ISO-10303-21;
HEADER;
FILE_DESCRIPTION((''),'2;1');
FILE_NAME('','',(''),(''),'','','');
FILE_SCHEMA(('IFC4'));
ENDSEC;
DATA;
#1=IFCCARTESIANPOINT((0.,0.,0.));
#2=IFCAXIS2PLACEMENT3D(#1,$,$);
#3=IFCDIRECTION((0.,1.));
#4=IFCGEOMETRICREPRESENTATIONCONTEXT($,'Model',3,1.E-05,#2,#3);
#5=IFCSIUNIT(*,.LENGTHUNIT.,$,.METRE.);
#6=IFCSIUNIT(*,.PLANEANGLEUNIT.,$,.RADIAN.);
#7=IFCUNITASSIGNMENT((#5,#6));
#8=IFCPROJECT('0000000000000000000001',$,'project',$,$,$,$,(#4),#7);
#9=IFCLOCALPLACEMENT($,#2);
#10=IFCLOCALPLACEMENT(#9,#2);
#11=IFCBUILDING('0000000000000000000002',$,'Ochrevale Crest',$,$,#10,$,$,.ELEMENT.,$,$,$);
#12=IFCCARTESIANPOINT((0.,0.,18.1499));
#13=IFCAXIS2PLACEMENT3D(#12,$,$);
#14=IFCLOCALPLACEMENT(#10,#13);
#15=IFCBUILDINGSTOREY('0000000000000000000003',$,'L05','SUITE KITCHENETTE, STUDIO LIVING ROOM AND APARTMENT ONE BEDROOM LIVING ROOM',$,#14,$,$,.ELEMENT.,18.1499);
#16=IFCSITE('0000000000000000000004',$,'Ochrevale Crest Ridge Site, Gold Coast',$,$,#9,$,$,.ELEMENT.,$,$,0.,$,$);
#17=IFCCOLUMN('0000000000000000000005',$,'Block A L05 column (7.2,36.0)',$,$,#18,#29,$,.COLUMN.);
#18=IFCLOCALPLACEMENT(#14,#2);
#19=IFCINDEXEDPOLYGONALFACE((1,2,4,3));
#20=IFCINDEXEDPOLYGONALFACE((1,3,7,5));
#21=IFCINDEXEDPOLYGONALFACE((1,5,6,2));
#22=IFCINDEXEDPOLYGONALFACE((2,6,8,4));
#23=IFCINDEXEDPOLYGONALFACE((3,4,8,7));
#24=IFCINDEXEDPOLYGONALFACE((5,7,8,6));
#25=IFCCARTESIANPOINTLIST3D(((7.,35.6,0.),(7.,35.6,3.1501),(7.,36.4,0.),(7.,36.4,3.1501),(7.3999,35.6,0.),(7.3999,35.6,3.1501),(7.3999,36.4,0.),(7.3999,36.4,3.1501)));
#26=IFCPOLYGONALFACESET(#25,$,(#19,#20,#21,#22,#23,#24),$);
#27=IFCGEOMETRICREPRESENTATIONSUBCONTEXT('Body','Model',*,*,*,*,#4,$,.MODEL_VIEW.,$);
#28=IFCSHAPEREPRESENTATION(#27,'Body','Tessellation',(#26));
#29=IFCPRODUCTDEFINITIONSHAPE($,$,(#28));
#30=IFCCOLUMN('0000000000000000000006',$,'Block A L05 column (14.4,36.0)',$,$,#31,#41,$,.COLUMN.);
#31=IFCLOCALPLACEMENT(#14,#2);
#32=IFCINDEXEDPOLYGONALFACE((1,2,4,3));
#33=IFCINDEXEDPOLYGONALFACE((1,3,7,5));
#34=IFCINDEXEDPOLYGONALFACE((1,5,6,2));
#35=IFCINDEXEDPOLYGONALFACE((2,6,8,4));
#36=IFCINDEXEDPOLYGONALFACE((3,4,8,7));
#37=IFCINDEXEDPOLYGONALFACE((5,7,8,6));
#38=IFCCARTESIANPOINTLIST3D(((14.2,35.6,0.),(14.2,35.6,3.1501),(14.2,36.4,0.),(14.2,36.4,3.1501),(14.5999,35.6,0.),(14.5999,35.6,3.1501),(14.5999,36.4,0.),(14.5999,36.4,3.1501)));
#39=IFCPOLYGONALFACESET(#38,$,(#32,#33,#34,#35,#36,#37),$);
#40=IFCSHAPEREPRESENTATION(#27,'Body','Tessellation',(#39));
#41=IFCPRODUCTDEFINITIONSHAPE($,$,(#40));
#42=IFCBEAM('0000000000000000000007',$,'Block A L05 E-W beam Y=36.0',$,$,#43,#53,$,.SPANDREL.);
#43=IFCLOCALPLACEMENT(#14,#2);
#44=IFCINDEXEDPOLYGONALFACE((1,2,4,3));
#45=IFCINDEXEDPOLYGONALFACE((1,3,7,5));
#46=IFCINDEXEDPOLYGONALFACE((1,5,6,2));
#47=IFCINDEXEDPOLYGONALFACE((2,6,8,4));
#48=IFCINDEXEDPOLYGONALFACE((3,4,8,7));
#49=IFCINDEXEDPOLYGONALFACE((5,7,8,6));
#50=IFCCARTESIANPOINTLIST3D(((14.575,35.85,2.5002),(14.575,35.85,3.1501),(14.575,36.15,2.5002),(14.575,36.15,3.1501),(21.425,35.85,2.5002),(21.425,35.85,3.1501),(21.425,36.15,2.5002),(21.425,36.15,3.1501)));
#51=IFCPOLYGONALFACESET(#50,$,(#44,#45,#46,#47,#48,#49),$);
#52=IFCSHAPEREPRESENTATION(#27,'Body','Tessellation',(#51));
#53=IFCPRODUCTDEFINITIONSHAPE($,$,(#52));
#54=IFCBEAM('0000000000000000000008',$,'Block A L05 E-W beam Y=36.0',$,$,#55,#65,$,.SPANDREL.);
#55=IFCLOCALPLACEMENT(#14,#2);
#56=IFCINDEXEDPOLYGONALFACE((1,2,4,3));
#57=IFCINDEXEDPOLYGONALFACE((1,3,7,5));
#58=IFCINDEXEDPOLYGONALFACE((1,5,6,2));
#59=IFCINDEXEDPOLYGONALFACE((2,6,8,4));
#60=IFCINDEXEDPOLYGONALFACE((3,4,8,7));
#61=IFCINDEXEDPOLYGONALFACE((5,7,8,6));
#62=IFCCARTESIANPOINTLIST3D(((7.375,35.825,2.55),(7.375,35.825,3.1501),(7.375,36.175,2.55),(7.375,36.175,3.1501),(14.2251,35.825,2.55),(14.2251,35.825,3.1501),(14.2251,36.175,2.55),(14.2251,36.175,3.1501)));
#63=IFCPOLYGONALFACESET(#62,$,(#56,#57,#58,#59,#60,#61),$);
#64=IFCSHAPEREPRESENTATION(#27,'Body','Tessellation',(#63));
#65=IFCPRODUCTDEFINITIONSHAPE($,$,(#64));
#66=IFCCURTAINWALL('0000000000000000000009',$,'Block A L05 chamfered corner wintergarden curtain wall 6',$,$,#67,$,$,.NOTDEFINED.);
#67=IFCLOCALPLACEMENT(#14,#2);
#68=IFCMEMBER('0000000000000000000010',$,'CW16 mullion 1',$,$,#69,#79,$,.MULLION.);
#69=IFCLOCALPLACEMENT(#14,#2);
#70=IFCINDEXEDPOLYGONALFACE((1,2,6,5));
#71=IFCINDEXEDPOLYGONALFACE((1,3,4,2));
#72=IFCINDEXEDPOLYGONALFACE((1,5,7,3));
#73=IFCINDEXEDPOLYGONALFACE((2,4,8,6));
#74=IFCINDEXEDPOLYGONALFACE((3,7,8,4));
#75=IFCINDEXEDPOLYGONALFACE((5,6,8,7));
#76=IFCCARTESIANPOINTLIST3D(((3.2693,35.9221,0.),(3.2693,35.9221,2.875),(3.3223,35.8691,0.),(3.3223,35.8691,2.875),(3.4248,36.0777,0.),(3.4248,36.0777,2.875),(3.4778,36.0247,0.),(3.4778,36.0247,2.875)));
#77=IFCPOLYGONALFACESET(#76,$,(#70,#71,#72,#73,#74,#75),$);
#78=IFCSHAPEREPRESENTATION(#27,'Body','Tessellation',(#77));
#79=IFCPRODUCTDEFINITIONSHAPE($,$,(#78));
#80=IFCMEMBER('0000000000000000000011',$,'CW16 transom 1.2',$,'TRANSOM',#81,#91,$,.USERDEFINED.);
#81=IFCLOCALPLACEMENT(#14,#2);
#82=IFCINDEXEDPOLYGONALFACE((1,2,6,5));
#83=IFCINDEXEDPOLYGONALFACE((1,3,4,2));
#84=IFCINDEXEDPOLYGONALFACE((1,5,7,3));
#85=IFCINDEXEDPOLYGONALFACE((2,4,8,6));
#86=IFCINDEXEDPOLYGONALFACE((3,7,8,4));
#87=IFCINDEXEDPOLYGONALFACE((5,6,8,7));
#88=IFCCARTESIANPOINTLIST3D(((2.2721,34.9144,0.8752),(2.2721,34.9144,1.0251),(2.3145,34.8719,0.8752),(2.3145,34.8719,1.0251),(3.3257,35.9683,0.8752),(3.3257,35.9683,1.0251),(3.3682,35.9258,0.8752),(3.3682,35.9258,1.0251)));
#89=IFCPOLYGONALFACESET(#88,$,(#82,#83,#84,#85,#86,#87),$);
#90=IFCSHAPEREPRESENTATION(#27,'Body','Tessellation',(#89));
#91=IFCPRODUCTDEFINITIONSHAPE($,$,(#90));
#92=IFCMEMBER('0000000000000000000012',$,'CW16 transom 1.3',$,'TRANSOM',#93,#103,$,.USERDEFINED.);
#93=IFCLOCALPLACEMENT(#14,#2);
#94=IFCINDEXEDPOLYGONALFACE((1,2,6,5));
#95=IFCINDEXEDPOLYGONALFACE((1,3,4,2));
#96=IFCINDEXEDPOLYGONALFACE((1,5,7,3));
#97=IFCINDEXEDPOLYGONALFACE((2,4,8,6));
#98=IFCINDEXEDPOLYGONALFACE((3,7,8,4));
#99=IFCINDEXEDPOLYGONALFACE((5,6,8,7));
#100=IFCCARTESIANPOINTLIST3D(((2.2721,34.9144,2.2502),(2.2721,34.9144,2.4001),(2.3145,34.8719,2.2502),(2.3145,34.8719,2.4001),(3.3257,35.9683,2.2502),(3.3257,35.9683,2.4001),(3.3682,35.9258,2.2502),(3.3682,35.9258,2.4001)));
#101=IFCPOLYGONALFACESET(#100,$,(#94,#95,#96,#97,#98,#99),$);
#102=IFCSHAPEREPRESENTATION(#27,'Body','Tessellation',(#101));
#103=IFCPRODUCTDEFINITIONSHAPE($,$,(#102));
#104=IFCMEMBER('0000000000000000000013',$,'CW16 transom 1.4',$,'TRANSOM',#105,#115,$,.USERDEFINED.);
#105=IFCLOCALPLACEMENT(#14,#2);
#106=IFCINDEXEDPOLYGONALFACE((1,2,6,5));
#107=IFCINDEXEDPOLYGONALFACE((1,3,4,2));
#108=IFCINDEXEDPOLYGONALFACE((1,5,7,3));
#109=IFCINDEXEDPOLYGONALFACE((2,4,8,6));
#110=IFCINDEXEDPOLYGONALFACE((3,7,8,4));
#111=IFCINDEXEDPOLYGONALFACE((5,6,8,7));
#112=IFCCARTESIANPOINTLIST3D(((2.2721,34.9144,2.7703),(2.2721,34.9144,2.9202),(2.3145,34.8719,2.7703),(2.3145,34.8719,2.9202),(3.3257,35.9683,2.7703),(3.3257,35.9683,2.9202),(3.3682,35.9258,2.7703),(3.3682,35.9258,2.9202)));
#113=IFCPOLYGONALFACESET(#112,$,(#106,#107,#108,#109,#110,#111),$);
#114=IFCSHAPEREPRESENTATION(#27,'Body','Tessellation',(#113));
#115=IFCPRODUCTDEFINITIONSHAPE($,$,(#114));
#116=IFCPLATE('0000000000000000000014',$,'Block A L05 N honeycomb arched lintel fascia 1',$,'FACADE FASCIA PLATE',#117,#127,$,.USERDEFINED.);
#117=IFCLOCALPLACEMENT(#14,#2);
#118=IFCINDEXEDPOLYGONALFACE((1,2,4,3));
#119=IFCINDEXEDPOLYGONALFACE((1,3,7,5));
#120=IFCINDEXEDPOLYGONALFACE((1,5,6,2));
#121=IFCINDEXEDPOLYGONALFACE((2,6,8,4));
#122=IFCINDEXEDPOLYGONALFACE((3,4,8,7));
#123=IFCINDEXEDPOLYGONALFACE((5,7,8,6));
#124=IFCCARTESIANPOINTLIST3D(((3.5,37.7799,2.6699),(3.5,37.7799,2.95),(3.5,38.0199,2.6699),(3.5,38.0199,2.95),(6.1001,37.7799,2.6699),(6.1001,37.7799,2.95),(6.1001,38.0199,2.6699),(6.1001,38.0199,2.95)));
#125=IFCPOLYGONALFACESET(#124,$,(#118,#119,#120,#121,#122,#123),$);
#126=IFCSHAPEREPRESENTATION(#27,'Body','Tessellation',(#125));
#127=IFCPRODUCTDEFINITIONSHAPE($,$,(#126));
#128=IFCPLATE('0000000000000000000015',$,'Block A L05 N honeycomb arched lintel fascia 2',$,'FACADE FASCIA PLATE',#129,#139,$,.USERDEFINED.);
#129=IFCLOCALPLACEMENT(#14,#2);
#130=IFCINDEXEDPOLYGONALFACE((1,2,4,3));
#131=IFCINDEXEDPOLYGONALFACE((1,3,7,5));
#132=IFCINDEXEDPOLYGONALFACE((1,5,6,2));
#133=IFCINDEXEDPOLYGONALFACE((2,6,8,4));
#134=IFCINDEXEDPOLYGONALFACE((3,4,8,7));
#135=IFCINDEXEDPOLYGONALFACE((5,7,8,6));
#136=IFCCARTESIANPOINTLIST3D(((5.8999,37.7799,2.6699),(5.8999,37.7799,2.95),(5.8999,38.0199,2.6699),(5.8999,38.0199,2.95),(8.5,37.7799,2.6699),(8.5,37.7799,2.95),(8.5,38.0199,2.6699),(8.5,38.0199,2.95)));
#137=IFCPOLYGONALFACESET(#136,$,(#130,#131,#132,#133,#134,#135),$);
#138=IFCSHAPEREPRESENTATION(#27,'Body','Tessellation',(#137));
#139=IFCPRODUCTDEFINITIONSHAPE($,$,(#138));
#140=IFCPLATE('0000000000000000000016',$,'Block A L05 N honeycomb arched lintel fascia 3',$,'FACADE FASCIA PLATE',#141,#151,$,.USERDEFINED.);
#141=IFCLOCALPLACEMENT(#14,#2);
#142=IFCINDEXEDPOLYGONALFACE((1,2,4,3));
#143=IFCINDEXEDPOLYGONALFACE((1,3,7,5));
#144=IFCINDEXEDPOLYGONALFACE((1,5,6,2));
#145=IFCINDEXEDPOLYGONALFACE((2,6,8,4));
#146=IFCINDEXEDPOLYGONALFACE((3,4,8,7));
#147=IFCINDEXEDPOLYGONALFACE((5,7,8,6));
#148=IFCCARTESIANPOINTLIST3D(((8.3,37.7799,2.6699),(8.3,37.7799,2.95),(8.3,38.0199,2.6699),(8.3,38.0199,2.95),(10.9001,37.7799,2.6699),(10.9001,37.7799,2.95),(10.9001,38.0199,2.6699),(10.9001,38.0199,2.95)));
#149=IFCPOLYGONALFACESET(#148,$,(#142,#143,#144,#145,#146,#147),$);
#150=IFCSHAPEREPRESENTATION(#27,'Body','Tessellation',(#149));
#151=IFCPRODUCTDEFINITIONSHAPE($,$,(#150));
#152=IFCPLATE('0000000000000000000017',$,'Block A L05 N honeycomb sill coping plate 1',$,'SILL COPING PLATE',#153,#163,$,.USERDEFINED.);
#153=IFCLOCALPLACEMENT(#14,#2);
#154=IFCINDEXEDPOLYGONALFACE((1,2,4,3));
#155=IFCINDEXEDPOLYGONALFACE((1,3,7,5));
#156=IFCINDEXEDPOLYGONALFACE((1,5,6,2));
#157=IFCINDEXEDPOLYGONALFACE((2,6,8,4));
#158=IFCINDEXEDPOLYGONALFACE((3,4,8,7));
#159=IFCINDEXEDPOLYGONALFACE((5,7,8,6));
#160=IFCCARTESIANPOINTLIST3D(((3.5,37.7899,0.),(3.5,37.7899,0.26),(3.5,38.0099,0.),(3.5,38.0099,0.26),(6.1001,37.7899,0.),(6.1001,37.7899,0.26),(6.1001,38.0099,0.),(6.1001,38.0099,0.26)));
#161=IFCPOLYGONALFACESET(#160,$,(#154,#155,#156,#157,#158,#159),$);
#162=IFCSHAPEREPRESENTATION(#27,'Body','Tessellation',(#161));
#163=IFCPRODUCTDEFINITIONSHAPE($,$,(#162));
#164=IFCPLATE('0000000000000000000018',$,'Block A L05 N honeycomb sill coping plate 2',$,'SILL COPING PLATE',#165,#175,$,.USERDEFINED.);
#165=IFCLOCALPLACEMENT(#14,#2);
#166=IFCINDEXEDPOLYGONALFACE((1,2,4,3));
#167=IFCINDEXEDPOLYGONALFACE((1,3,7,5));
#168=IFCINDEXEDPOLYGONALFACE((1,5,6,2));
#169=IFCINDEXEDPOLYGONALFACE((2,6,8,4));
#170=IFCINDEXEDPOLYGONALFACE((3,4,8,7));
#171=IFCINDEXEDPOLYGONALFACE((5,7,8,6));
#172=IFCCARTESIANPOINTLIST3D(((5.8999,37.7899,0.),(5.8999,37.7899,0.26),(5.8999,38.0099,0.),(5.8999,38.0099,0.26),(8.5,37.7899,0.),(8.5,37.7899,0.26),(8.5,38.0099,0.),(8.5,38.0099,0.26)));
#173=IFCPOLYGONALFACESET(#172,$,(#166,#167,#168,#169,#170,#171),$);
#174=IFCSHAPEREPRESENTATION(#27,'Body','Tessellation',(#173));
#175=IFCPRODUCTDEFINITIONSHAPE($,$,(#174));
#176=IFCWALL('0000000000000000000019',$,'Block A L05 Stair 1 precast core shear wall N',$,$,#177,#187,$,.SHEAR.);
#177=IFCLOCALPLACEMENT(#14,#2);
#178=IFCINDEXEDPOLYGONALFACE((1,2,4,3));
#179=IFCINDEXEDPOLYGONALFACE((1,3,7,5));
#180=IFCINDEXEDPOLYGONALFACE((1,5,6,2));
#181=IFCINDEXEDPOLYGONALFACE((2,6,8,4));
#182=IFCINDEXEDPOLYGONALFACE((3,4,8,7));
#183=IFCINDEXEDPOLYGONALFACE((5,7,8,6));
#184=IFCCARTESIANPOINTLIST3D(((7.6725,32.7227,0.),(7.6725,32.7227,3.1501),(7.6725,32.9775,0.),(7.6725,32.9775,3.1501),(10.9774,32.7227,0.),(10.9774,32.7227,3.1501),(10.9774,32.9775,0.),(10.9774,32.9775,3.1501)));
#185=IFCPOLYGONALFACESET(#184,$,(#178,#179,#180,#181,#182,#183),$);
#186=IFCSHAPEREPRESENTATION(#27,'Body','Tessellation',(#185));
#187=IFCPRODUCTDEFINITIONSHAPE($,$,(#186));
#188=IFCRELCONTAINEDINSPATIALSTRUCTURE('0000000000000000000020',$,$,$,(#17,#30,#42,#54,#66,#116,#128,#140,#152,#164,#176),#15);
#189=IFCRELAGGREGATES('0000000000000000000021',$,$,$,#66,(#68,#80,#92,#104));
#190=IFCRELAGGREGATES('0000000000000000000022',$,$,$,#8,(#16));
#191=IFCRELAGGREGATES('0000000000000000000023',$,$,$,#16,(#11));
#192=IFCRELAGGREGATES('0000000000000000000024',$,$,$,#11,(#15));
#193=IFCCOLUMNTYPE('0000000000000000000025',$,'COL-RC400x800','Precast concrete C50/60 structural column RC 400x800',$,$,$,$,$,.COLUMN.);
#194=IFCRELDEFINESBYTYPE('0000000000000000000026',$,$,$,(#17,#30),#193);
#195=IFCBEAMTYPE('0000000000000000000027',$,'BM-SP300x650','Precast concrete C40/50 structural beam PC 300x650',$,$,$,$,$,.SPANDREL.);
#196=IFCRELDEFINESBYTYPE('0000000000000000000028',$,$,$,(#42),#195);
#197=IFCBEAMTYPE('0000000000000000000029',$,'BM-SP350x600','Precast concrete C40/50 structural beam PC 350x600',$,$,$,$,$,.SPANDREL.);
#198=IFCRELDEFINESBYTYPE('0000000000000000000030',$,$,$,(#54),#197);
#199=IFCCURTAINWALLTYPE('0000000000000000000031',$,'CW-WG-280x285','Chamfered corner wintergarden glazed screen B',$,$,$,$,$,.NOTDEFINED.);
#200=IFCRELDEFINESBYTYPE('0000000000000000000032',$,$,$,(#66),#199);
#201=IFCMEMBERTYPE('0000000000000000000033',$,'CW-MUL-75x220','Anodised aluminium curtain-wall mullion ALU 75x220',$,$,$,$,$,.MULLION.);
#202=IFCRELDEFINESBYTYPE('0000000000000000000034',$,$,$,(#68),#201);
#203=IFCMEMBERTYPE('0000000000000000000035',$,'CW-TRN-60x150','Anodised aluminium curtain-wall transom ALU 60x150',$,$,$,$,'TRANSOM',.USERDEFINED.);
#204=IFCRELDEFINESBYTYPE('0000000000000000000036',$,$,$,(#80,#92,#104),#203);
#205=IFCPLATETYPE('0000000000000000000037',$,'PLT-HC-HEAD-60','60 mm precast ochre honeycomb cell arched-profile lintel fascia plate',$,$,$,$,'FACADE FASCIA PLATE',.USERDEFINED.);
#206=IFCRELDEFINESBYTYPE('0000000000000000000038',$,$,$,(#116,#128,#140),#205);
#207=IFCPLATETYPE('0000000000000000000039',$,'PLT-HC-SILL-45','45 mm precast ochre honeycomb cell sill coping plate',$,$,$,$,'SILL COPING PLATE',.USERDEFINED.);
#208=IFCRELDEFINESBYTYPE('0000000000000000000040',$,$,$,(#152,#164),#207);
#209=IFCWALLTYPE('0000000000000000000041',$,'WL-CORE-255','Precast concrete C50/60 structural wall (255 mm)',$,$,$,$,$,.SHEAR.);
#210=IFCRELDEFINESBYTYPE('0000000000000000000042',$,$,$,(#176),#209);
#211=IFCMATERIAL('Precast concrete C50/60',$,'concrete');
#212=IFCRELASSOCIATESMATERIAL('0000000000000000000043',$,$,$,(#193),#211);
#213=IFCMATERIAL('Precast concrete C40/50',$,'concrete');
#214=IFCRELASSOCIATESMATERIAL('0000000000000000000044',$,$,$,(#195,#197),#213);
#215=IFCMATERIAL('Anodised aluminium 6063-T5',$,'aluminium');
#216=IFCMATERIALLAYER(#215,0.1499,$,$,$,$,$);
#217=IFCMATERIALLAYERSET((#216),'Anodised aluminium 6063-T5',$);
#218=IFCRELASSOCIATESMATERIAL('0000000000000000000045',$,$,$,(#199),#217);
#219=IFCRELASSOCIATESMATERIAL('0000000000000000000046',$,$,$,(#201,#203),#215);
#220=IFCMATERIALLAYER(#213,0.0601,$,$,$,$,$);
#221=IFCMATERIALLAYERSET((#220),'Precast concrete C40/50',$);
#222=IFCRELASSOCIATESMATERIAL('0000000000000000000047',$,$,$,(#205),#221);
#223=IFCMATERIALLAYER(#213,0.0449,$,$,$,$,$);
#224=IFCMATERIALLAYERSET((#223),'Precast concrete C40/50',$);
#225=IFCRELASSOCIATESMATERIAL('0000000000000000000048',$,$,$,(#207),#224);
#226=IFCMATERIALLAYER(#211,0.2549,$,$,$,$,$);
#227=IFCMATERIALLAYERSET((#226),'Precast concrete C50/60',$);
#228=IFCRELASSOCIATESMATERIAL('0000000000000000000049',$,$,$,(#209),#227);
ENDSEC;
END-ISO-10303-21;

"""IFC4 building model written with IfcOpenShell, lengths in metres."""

from ifc_helpers import new_model, si_unit, direction, frame, frame_2d, origin, origin_2d, place, context, subcontext, project, spatial, rectangle, extrude, material, layer, layer_set, material_profile, profile_set, type_object, element, aggregate, save


model = new_model("IFC4")

# Units and contexts
model_context = context("Model", 3, precision=1e-05, world=origin(), true_north=direction((0.0, 1.0)))
body_context = subcontext(model_context, "Body", "Model", "MODEL_VIEW")
ifc_project = project(units=[si_unit("LENGTHUNIT", "METRE"), si_unit("PLANEANGLEUNIT", "RADIAN")], contexts=[model_context])

# Site, building, storey
site_placement = place(None, origin())
site = spatial("IfcSite", under=ifc_project, at=site_placement, Name="Ochrevale Crest Ridge Site, Gold Coast", CompositionType="ELEMENT", RefElevation=0.0)
building_placement = place(site_placement, origin())
building = spatial("IfcBuilding", under=site, at=building_placement, Name="Ochrevale Crest", CompositionType="ELEMENT")
storey_placement = place(building_placement, frame((0.0, 0.0, 18.1499)))
storey = spatial("IfcBuildingStorey", under=building, at=storey_placement, Name="L05", Description="SUITE KITCHENETTE, STUDIO LIVING ROOM AND APARTMENT ONE BEDROOM LIVING ROOM", CompositionType="ELEMENT", Elevation=18.1499)

# Columns
ifc_material_1 = material(Name="Precast concrete C50/60", Category="concrete")
ifc_material_profile_1 = material_profile(ifc_material_1, rectangle(XDim=0.3999, YDim=0.8, at=origin_2d()), Name="RC 400x800")
ifc_profile_set_1 = profile_set([ifc_material_profile_1], Name="Precast concrete C50/60")
column_type = type_object("IfcColumnType", Name="COL-RC400x800", Description="Precast concrete C50/60 structural column RC 400x800", PredefinedType="COLUMN", material=ifc_profile_set_1)
for number, where, z_axis, x_axis, name in (
    (1, (7.2, 36.0, 0.0), (0.0, 0.0, 1.0), (1.0, 0.0, 0.0), "Block A L05 column (7.2,36.0)"),
    (2, (14.3999, 36.0, 0.0), (0.0, 0.0, 1.0), (1.0, 0.0, 0.0), "Block A L05 column (14.4,36.0)"),
):
    element("IfcColumn", number, at=place(storey_placement, frame(where, z_axis=z_axis, x_axis=x_axis)), inside=storey, type_object=column_type, Name=name, PredefinedType="COLUMN", context=body_context, shape_type="SweptSolid", body=[
        extrude(rectangle(XDim=0.3999, YDim=0.8, at=origin_2d()), origin(), (0.0, 0.0, 1.0), 3.1501),
    ])

# Beams
ifc_material_2 = material(Name="Precast concrete C40/50", Category="concrete")
ifc_material_profile_2 = material_profile(ifc_material_2, rectangle(XDim=0.3, YDim=0.6499, at=origin_2d()), Name="PC 300x650")
ifc_profile_set_2 = profile_set([ifc_material_profile_2], Name="Precast concrete C40/50")
beam_type_1 = type_object("IfcBeamType", Name="BM-SP300x650", Description="Precast concrete C40/50 structural beam PC 300x650", PredefinedType="SPANDREL", material=ifc_profile_set_2)
beam_1_placement = place(storey_placement, frame((14.575, 36.0, 2.8252), z_axis=(1.0, 0.0, 0.0), x_axis=(0.0, 1.0, 0.0)))
element("IfcBeam", 3, at=beam_1_placement, inside=storey, type_object=beam_type_1, Name="Block A L05 E-W beam Y=36.0", PredefinedType="SPANDREL", context=body_context, shape_type="SweptSolid", body=[
    extrude(rectangle(XDim=0.3, YDim=0.6499, at=origin_2d()), origin(), (0.0, 0.0, 1.0), 6.8501),
])
ifc_material_profile_3 = material_profile(ifc_material_2, rectangle(XDim=0.3501, YDim=0.6001, at=origin_2d()), Name="PC 350x600")
ifc_profile_set_3 = profile_set([ifc_material_profile_3], Name="Precast concrete C40/50")
beam_type_2 = type_object("IfcBeamType", Name="BM-SP350x600", Description="Precast concrete C40/50 structural beam PC 350x600", PredefinedType="SPANDREL", material=ifc_profile_set_3)
beam_2_placement = place(storey_placement, frame((7.375, 36.0, 2.8501), z_axis=(1.0, 0.0, 0.0), x_axis=(0.0, 1.0, 0.0)))
element("IfcBeam", 4, at=beam_2_placement, inside=storey, type_object=beam_type_2, Name="Block A L05 E-W beam Y=36.0", PredefinedType="SPANDREL", context=body_context, shape_type="SweptSolid", body=[
    extrude(rectangle(XDim=0.3501, YDim=0.6001, at=origin_2d()), origin(), (0.0, 0.0, 1.0), 6.8501),
])

# Curtain wall, members
ifc_material_3 = material(Name="Anodised aluminium 6063-T5", Category="aluminium")
ifc_layer_1 = layer(ifc_material_3, 0.1499)
ifc_layer_set_1 = layer_set([ifc_layer_1], Name="Anodised aluminium 6063-T5")
curtain_wall_type = type_object("IfcCurtainWallType", Name="CW-WG-280x285", Description="Chamfered corner wintergarden glazed screen B", PredefinedType="NOTDEFINED", material=ifc_layer_set_1)
curtain_wall_placement = place(storey_placement, origin())
curtain_wall = element("IfcCurtainWall", 5, at=curtain_wall_placement, inside=storey, type_object=curtain_wall_type, Name="Block A L05 chamfered corner wintergarden curtain wall 6", PredefinedType="NOTDEFINED")
ifc_material_profile_4 = material_profile(ifc_material_3, rectangle(XDim=0.075, YDim=0.22, at=origin_2d()), Name="ALU 75x220")
ifc_profile_set_4 = profile_set([ifc_material_profile_4], Name="Anodised aluminium 6063-T5")
member_type_1 = type_object("IfcMemberType", Name="CW-MUL-75x220", Description="Anodised aluminium curtain-wall mullion ALU 75x220", PredefinedType="MULLION", material=ifc_profile_set_4)
member_1_placement = place(storey_placement, frame((3.3735, 35.9734, 0.0), z_axis=(0.0, 0.0, 1.0), x_axis=(0.707107, -0.707107, 0.0)))
member_1 = element("IfcMember", 6, at=member_1_placement, type_object=member_type_1, Name="CW16 mullion 1", PredefinedType="MULLION", context=body_context, shape_type="SweptSolid", body=[
    extrude(rectangle(XDim=0.075, YDim=0.22, at=origin_2d()), origin(), (0.0, 0.0, 1.0), 2.875),
])
ifc_material_profile_5 = material_profile(ifc_material_3, rectangle(XDim=0.0601, YDim=0.1499, at=origin_2d()), Name="ALU 60x150")
ifc_profile_set_5 = profile_set([ifc_material_profile_5], Name="Anodised aluminium 6063-T5")
member_type_2 = type_object("IfcMemberType", Name="CW-TRN-60x150", Description="Anodised aluminium curtain-wall transom ALU 60x150", ElementType="TRANSOM", PredefinedType="USERDEFINED", material=ifc_profile_set_5)
member_2_placement = place(storey_placement, frame((3.3469, 35.947, 0.9502), z_axis=(-0.707025, -0.707189, 0.0), x_axis=(0.707189, -0.707025, 0.0)))
member_2 = element("IfcMember", 7, at=member_2_placement, type_object=member_type_2, Name="CW16 transom 1.2", ObjectType="TRANSOM", PredefinedType="USERDEFINED", context=body_context, shape_type="SweptSolid", body=[
    extrude(rectangle(XDim=0.0601, YDim=0.1499, at=origin_2d()), origin(), (0.0, 0.0, 1.0), 1.4902),
])
member_3_placement = place(storey_placement, frame((3.3469, 35.947, 2.3252), z_axis=(-0.707025, -0.707189, 0.0), x_axis=(0.707189, -0.707025, 0.0)))
member_3 = element("IfcMember", 8, at=member_3_placement, type_object=member_type_2, Name="CW16 transom 1.3", ObjectType="TRANSOM", PredefinedType="USERDEFINED", context=body_context, shape_type="SweptSolid", body=[
    extrude(rectangle(XDim=0.0601, YDim=0.1499, at=origin_2d()), origin(), (0.0, 0.0, 1.0), 1.4902),
])
member_4_placement = place(storey_placement, frame((3.3469, 35.947, 2.8452), z_axis=(-0.707025, -0.707189, 0.0), x_axis=(0.707189, -0.707025, 0.0)))
member_4 = element("IfcMember", 9, at=member_4_placement, type_object=member_type_2, Name="CW16 transom 1.4", ObjectType="TRANSOM", PredefinedType="USERDEFINED", context=body_context, shape_type="SweptSolid", body=[
    extrude(rectangle(XDim=0.0601, YDim=0.1499, at=origin_2d()), origin(), (0.0, 0.0, 1.0), 1.4902),
])
aggregate(curtain_wall, [member_1, member_2, member_3, member_4])

# Plates
ifc_layer_2 = layer(ifc_material_2, 0.0601)
ifc_layer_set_2 = layer_set([ifc_layer_2], Name="Precast concrete C40/50")
plate_type_1 = type_object("IfcPlateType", Name="PLT-HC-HEAD-60", Description="60 mm precast ochre honeycomb cell arched-profile lintel fascia plate", ElementType="FACADE FASCIA PLATE", PredefinedType="USERDEFINED", material=ifc_layer_set_2)
for number, where, z_axis, x_axis, name in (
    (10, (4.8, 37.8999, 2.6699), (0.0, 0.0, 1.0), (1.0, 0.0, 0.0), "Block A L05 N honeycomb arched lintel fascia 1"),
    (11, (7.2, 37.8999, 2.6699), (0.0, 0.0, 1.0), (1.0, 0.0, 0.0), "Block A L05 N honeycomb arched lintel fascia 2"),
    (12, (9.6001, 37.8999, 2.6699), (0.0, 0.0, 1.0), (1.0, 0.0, 0.0), "Block A L05 N honeycomb arched lintel fascia 3"),
):
    element("IfcPlate", number, at=place(storey_placement, frame(where, z_axis=z_axis, x_axis=x_axis)), inside=storey, type_object=plate_type_1, Name=name, ObjectType="FACADE FASCIA PLATE", PredefinedType="USERDEFINED", context=body_context, shape_type="SweptSolid", body=[
        extrude(rectangle(XDim=2.6001, YDim=0.24, at=origin_2d()), origin(), (0.0, 0.0, 1.0), 0.28),
    ])
ifc_layer_3 = layer(ifc_material_2, 0.0449)
ifc_layer_set_3 = layer_set([ifc_layer_3], Name="Precast concrete C40/50")
plate_type_2 = type_object("IfcPlateType", Name="PLT-HC-SILL-45", Description="45 mm precast ochre honeycomb cell sill coping plate", ElementType="SILL COPING PLATE", PredefinedType="USERDEFINED", material=ifc_layer_set_3)
for number, where, z_axis, x_axis, name in (
    (13, (4.8, 37.8999, 0.0), (0.0, 0.0, 1.0), (1.0, 0.0, 0.0), "Block A L05 N honeycomb sill coping plate 1"),
    (14, (7.2, 37.8999, 0.0), (0.0, 0.0, 1.0), (1.0, 0.0, 0.0), "Block A L05 N honeycomb sill coping plate 2"),
):
    element("IfcPlate", number, at=place(storey_placement, frame(where, z_axis=z_axis, x_axis=x_axis)), inside=storey, type_object=plate_type_2, Name=name, ObjectType="SILL COPING PLATE", PredefinedType="USERDEFINED", context=body_context, shape_type="SweptSolid", body=[
        extrude(rectangle(XDim=2.6001, YDim=0.22, at=origin_2d()), origin(), (0.0, 0.0, 1.0), 0.26),
    ])

# Wall
ifc_layer_4 = layer(ifc_material_1, 0.2549)
ifc_layer_set_4 = layer_set([ifc_layer_4], Name="Precast concrete C50/60")
wall_type_1 = type_object("IfcWallType", Name="WL-CORE-255", Description="Precast concrete C50/60 structural wall (255 mm)", PredefinedType="SHEAR", material=ifc_layer_set_4)
wall_1_placement = place(storey_placement, frame((7.6726, 32.8501, 0.0), z_axis=(0.0, 0.0, 1.0), x_axis=(1.0, 0.0, 0.0)))
element("IfcWall", 15, at=wall_1_placement, inside=storey, type_object=wall_type_1, Name="Block A L05 Stair 1 precast core shear wall N", PredefinedType="SHEAR", context=body_context, shape_type="SweptSolid", body=[
    extrude(rectangle(XDim=3.3049, YDim=0.2549, at=frame_2d((1.6523, 0.0))), origin(), (0.0, 0.0, 1.0), 3.1501),
])

save(model, "model.ifc")
